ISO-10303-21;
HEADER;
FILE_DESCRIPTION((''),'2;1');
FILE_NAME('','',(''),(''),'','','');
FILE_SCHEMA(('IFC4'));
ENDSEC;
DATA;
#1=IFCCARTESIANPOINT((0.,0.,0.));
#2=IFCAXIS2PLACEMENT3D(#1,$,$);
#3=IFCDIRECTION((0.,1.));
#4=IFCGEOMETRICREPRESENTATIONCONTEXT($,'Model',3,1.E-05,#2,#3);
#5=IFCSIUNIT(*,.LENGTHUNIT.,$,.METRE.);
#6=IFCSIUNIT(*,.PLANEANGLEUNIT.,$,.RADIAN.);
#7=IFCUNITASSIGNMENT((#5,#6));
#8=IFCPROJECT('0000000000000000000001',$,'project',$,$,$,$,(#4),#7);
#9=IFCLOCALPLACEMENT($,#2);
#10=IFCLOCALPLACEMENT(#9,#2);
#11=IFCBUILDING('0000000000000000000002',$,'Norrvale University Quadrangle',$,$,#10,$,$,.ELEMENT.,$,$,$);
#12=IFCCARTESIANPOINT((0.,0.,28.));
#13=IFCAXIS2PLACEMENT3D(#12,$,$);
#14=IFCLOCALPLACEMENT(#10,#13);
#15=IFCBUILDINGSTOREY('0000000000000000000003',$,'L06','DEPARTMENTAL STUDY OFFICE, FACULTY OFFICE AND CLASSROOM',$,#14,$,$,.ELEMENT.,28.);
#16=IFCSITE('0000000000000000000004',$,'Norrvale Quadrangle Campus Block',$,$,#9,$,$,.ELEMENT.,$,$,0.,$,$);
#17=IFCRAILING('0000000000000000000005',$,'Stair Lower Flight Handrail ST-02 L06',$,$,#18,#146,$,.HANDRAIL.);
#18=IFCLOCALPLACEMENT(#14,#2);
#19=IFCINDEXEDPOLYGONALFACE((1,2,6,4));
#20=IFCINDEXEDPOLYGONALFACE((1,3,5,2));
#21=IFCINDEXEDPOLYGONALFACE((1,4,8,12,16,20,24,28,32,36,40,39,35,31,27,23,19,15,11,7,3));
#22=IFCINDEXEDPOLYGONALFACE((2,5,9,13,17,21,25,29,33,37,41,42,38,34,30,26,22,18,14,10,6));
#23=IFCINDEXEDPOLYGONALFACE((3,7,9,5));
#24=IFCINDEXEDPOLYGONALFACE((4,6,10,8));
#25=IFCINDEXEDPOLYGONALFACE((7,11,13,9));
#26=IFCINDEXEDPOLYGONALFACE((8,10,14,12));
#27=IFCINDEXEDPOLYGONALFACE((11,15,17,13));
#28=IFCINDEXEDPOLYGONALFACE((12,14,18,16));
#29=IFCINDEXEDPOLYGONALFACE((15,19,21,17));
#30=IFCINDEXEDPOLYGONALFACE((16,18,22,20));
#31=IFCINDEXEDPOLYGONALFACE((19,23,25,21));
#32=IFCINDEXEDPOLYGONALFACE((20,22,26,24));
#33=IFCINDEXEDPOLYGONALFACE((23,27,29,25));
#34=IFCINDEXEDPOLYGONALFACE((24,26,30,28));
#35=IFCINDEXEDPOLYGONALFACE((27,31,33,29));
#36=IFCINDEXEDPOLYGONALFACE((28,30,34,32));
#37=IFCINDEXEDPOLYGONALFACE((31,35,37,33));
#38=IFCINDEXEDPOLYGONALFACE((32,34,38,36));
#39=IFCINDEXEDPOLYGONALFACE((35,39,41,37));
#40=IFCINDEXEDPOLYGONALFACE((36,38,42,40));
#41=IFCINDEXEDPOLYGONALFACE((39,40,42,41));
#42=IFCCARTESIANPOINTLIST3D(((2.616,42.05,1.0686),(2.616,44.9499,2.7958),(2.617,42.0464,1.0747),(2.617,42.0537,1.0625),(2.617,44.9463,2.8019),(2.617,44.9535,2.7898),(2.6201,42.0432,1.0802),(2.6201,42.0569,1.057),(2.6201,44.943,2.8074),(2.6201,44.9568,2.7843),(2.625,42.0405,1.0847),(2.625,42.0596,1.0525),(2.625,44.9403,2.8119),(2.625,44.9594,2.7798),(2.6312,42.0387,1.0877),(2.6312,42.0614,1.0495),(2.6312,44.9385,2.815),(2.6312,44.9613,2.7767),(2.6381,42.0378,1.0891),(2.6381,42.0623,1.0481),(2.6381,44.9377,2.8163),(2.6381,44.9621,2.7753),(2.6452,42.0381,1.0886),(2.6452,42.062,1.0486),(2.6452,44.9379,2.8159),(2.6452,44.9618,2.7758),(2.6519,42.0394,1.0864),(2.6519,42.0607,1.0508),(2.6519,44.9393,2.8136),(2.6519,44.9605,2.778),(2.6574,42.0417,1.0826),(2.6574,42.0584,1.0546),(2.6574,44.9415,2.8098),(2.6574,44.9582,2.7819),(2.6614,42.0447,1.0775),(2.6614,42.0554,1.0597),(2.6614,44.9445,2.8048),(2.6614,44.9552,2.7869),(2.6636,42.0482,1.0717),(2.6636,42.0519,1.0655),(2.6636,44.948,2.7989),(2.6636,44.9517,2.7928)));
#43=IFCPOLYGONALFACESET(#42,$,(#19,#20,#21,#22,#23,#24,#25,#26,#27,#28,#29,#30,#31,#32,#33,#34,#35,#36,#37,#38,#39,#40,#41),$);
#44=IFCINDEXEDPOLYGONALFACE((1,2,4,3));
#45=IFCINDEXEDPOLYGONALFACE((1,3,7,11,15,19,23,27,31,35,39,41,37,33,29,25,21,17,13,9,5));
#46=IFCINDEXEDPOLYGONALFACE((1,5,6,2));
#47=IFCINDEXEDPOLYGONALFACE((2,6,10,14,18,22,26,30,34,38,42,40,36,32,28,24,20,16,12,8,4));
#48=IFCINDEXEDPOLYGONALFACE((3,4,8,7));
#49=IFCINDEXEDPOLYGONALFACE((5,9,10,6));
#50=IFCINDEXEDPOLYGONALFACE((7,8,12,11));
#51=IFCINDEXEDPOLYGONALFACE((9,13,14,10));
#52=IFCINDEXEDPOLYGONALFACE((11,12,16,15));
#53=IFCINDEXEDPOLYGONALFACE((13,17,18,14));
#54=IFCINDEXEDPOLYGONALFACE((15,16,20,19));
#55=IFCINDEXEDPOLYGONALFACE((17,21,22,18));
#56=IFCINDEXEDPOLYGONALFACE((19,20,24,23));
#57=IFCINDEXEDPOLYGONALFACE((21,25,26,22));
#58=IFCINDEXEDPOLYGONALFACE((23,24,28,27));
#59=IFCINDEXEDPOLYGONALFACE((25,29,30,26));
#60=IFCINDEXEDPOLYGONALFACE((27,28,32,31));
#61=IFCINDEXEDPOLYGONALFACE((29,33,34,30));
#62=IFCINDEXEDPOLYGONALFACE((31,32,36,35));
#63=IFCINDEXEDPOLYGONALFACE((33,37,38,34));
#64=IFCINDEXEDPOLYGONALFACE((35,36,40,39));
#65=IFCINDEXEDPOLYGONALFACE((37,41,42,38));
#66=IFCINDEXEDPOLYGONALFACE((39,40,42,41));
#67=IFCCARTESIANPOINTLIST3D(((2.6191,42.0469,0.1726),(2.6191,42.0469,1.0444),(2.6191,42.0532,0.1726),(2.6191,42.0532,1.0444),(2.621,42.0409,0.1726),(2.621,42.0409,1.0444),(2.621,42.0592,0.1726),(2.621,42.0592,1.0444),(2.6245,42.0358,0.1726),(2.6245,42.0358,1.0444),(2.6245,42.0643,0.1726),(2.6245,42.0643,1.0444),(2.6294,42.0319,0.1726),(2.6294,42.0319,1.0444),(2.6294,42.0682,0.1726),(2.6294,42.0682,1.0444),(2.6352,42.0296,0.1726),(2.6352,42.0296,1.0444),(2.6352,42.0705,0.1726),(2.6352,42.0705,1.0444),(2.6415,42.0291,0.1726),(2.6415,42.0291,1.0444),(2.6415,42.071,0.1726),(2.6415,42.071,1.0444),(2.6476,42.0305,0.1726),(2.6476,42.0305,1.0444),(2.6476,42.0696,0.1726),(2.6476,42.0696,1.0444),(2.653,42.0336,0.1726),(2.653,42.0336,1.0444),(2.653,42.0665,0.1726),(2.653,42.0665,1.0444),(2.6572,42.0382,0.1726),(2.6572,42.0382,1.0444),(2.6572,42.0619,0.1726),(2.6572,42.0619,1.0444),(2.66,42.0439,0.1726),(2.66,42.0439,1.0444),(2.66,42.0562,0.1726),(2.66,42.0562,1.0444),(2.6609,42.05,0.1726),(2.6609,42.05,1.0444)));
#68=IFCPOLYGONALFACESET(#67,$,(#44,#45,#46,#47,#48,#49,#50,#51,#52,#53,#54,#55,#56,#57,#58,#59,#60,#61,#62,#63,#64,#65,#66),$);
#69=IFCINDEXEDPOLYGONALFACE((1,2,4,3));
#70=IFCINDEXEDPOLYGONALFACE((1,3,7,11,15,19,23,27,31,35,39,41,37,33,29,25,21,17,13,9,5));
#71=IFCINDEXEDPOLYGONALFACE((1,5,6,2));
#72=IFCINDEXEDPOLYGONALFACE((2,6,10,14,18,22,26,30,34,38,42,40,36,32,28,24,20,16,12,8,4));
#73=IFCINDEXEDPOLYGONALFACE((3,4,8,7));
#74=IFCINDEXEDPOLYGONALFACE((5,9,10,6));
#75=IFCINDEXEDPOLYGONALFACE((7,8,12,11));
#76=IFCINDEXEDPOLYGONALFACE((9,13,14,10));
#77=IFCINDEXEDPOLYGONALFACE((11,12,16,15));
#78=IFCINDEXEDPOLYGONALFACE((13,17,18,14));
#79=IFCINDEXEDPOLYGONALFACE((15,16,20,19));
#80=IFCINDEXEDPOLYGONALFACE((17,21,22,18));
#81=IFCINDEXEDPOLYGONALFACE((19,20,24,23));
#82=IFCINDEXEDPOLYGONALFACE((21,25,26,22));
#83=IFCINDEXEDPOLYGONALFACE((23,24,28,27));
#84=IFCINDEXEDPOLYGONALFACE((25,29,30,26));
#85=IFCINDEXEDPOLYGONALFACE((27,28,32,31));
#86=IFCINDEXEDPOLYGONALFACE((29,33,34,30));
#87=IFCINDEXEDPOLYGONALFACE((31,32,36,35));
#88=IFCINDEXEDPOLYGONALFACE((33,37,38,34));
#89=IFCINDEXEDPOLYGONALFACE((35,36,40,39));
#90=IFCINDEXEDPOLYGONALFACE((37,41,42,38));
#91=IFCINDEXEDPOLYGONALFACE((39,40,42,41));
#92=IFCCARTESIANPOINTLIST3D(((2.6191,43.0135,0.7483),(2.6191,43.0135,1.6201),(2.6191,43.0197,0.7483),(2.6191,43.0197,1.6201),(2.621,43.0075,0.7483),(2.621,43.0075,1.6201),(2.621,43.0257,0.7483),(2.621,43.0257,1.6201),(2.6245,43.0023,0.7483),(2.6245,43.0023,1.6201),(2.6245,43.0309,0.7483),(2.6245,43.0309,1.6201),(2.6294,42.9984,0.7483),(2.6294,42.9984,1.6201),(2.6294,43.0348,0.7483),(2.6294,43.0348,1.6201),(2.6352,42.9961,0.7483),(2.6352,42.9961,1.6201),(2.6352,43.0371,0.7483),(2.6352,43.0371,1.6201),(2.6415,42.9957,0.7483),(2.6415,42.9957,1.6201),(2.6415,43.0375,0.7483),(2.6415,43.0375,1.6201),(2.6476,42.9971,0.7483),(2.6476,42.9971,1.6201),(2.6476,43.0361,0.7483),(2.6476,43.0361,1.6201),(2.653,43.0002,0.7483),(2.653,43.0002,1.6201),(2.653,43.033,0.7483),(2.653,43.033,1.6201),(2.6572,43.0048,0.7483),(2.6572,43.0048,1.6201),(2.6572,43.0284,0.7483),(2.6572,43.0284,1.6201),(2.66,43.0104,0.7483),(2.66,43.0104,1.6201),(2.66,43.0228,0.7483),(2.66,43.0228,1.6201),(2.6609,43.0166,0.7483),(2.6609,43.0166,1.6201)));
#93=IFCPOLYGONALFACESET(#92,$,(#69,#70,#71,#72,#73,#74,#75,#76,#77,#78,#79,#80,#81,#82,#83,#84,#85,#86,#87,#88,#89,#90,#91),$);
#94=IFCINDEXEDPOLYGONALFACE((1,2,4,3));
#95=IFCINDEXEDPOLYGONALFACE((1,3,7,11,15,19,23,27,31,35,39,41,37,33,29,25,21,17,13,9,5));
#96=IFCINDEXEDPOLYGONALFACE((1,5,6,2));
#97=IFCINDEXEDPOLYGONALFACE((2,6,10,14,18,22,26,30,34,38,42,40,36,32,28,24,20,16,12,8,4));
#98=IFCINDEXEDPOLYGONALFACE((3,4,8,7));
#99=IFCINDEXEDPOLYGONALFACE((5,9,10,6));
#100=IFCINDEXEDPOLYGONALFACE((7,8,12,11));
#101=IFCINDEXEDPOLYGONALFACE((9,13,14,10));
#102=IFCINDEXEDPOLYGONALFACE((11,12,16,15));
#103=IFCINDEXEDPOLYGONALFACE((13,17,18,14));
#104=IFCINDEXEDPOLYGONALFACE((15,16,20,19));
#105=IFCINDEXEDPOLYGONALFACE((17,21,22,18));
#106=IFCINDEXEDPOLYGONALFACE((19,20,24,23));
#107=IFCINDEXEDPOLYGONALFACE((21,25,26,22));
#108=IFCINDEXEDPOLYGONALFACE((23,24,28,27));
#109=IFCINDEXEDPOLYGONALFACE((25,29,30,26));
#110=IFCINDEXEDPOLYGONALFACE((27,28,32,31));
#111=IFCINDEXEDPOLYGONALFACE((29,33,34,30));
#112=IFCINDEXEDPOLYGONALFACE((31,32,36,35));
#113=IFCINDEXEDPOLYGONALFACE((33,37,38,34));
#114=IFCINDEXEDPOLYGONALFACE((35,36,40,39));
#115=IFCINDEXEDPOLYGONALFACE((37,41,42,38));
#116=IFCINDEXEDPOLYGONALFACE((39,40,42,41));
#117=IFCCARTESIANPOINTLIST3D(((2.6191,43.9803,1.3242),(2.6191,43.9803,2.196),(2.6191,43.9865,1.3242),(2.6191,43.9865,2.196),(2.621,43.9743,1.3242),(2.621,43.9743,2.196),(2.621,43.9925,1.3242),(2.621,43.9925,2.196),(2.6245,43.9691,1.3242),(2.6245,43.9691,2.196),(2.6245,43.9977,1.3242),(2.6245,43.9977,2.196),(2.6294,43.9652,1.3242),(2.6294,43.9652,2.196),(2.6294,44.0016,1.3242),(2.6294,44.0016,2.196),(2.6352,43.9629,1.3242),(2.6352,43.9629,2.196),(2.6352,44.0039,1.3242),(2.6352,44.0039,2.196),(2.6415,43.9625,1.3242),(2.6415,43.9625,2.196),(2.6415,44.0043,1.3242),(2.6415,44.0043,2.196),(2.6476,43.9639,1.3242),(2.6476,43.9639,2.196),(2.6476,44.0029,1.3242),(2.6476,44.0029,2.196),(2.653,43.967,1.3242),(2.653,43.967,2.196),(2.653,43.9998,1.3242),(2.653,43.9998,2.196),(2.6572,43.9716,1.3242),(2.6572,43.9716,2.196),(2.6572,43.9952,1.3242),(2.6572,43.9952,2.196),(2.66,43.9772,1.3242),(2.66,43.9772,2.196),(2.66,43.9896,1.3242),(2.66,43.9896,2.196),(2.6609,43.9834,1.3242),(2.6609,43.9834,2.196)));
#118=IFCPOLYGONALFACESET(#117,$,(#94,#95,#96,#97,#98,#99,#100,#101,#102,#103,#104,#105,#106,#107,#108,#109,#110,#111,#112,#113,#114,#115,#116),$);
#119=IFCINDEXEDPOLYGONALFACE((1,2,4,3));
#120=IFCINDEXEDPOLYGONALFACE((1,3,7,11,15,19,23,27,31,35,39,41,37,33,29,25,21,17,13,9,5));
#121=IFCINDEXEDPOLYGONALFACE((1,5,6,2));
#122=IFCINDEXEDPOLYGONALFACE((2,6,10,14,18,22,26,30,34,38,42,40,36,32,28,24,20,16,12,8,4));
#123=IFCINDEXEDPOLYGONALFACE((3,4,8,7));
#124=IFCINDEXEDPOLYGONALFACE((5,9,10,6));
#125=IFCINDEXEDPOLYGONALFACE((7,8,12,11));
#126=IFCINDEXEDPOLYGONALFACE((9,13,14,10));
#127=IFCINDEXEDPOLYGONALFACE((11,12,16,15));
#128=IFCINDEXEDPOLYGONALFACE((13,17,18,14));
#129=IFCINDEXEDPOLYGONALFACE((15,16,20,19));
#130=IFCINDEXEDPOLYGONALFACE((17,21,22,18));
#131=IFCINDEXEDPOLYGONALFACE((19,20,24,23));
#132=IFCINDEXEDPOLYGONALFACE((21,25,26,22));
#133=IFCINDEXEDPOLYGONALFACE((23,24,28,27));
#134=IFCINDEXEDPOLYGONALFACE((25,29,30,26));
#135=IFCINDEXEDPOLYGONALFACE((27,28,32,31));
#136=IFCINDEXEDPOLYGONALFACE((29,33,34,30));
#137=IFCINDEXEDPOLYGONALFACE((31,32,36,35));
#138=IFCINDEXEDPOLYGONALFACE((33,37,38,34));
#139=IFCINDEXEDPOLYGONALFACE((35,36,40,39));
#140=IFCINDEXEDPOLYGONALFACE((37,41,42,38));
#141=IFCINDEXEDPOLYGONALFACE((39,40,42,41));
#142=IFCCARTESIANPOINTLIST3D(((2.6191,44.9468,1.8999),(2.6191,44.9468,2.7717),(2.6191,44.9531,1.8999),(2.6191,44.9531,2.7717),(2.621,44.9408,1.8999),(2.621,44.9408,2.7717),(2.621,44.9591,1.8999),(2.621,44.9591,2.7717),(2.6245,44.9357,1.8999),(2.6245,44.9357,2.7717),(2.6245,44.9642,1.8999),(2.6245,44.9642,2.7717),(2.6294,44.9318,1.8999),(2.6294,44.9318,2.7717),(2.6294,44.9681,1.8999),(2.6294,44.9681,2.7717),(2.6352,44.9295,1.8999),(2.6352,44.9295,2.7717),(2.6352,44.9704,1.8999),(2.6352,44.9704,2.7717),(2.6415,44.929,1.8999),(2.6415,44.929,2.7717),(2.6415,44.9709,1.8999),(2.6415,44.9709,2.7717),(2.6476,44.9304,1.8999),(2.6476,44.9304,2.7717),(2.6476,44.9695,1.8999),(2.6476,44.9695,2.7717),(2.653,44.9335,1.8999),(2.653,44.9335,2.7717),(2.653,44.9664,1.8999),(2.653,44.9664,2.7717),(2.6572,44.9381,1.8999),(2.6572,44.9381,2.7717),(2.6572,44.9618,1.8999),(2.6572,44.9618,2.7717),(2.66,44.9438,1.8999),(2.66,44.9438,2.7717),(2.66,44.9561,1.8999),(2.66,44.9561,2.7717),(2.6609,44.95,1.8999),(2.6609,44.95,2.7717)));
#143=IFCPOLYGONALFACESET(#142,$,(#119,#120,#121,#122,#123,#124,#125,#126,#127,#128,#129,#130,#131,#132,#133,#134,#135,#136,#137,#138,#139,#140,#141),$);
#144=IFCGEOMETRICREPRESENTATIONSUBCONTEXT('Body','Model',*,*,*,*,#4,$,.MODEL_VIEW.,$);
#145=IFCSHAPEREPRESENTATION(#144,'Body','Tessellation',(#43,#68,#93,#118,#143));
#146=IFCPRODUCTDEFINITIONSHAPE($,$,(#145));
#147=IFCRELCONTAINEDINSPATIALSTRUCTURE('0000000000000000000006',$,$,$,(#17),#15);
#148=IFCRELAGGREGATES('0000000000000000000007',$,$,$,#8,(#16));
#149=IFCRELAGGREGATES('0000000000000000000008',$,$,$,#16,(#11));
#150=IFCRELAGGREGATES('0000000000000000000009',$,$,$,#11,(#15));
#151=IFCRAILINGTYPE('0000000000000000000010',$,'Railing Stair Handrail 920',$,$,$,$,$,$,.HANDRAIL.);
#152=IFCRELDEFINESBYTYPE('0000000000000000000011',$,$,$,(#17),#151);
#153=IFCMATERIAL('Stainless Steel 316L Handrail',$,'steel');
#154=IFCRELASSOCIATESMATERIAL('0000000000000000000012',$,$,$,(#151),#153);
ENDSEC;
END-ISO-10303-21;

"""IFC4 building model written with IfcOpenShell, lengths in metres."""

from ifc_helpers import new_model, si_unit, direction, frame, origin, origin_2d, place, context, subcontext, project, spatial, circle, extrude, material, type_object, element, save


model = new_model("IFC4")

# Units and contexts
model_context = context("Model", 3, precision=1e-05, world=origin(), true_north=direction((0.0, 1.0)))
body_context = subcontext(model_context, "Body", "Model", "MODEL_VIEW")
ifc_project = project(units=[si_unit("LENGTHUNIT", "METRE"), si_unit("PLANEANGLEUNIT", "RADIAN")], contexts=[model_context])

# Site, building, storey
site_placement = place(None, origin())
site = spatial("IfcSite", under=ifc_project, at=site_placement, Name="Norrvale Quadrangle Campus Block", CompositionType="ELEMENT", RefElevation=0.0)
building_placement = place(site_placement, origin())
building = spatial("IfcBuilding", under=site, at=building_placement, Name="Norrvale University Quadrangle", CompositionType="ELEMENT")
storey_placement = place(building_placement, frame((0.0, 0.0, 28.0)))
storey = spatial("IfcBuildingStorey", under=building, at=storey_placement, Name="L06", Description="DEPARTMENTAL STUDY OFFICE, FACULTY OFFICE AND CLASSROOM", CompositionType="ELEMENT", Elevation=28.0)

# Railing
ifc_material_1 = material(Name="Stainless Steel 316L Handrail", Category="steel")
railing_type_1 = type_object("IfcRailingType", Name="Railing Stair Handrail 920", PredefinedType="HANDRAIL", material=ifc_material_1)
railing_1_placement = place(storey_placement, frame((2.6399, 42.05, 0.1726)))
element("IfcRailing", 1, at=railing_1_placement, inside=storey, type_object=railing_type_1, Name="Stair Lower Flight Handrail ST-02 L06", PredefinedType="HANDRAIL", context=body_context, shape_type="SweptSolid", body=[
    extrude(circle(Radius=0.0239, at=origin_2d()), frame((0.0, 0.0, 0.896), z_axis=(0.0, 0.859141, 0.511738), x_axis=(-1.0, 0.0, 0.0)), (0.0, 0.0, 1.0), 3.3752),
    extrude(circle(Radius=0.021, at=origin_2d()), origin(), (0.0, 0.0, 1.0), 0.8718),
    extrude(circle(Radius=0.021, at=origin_2d()), frame((0.0, 0.9666, 0.5757)), (0.0, 0.0, 1.0), 0.8718),
    extrude(circle(Radius=0.021, at=origin_2d()), frame((0.0, 1.9333, 1.1516)), (0.0, 0.0, 1.0), 0.8718),
    extrude(circle(Radius=0.021, at=origin_2d()), frame((0.0, 2.8999, 1.7273)), (0.0, 0.0, 1.0), 0.8718),
])

save(model, "model.ifc")
